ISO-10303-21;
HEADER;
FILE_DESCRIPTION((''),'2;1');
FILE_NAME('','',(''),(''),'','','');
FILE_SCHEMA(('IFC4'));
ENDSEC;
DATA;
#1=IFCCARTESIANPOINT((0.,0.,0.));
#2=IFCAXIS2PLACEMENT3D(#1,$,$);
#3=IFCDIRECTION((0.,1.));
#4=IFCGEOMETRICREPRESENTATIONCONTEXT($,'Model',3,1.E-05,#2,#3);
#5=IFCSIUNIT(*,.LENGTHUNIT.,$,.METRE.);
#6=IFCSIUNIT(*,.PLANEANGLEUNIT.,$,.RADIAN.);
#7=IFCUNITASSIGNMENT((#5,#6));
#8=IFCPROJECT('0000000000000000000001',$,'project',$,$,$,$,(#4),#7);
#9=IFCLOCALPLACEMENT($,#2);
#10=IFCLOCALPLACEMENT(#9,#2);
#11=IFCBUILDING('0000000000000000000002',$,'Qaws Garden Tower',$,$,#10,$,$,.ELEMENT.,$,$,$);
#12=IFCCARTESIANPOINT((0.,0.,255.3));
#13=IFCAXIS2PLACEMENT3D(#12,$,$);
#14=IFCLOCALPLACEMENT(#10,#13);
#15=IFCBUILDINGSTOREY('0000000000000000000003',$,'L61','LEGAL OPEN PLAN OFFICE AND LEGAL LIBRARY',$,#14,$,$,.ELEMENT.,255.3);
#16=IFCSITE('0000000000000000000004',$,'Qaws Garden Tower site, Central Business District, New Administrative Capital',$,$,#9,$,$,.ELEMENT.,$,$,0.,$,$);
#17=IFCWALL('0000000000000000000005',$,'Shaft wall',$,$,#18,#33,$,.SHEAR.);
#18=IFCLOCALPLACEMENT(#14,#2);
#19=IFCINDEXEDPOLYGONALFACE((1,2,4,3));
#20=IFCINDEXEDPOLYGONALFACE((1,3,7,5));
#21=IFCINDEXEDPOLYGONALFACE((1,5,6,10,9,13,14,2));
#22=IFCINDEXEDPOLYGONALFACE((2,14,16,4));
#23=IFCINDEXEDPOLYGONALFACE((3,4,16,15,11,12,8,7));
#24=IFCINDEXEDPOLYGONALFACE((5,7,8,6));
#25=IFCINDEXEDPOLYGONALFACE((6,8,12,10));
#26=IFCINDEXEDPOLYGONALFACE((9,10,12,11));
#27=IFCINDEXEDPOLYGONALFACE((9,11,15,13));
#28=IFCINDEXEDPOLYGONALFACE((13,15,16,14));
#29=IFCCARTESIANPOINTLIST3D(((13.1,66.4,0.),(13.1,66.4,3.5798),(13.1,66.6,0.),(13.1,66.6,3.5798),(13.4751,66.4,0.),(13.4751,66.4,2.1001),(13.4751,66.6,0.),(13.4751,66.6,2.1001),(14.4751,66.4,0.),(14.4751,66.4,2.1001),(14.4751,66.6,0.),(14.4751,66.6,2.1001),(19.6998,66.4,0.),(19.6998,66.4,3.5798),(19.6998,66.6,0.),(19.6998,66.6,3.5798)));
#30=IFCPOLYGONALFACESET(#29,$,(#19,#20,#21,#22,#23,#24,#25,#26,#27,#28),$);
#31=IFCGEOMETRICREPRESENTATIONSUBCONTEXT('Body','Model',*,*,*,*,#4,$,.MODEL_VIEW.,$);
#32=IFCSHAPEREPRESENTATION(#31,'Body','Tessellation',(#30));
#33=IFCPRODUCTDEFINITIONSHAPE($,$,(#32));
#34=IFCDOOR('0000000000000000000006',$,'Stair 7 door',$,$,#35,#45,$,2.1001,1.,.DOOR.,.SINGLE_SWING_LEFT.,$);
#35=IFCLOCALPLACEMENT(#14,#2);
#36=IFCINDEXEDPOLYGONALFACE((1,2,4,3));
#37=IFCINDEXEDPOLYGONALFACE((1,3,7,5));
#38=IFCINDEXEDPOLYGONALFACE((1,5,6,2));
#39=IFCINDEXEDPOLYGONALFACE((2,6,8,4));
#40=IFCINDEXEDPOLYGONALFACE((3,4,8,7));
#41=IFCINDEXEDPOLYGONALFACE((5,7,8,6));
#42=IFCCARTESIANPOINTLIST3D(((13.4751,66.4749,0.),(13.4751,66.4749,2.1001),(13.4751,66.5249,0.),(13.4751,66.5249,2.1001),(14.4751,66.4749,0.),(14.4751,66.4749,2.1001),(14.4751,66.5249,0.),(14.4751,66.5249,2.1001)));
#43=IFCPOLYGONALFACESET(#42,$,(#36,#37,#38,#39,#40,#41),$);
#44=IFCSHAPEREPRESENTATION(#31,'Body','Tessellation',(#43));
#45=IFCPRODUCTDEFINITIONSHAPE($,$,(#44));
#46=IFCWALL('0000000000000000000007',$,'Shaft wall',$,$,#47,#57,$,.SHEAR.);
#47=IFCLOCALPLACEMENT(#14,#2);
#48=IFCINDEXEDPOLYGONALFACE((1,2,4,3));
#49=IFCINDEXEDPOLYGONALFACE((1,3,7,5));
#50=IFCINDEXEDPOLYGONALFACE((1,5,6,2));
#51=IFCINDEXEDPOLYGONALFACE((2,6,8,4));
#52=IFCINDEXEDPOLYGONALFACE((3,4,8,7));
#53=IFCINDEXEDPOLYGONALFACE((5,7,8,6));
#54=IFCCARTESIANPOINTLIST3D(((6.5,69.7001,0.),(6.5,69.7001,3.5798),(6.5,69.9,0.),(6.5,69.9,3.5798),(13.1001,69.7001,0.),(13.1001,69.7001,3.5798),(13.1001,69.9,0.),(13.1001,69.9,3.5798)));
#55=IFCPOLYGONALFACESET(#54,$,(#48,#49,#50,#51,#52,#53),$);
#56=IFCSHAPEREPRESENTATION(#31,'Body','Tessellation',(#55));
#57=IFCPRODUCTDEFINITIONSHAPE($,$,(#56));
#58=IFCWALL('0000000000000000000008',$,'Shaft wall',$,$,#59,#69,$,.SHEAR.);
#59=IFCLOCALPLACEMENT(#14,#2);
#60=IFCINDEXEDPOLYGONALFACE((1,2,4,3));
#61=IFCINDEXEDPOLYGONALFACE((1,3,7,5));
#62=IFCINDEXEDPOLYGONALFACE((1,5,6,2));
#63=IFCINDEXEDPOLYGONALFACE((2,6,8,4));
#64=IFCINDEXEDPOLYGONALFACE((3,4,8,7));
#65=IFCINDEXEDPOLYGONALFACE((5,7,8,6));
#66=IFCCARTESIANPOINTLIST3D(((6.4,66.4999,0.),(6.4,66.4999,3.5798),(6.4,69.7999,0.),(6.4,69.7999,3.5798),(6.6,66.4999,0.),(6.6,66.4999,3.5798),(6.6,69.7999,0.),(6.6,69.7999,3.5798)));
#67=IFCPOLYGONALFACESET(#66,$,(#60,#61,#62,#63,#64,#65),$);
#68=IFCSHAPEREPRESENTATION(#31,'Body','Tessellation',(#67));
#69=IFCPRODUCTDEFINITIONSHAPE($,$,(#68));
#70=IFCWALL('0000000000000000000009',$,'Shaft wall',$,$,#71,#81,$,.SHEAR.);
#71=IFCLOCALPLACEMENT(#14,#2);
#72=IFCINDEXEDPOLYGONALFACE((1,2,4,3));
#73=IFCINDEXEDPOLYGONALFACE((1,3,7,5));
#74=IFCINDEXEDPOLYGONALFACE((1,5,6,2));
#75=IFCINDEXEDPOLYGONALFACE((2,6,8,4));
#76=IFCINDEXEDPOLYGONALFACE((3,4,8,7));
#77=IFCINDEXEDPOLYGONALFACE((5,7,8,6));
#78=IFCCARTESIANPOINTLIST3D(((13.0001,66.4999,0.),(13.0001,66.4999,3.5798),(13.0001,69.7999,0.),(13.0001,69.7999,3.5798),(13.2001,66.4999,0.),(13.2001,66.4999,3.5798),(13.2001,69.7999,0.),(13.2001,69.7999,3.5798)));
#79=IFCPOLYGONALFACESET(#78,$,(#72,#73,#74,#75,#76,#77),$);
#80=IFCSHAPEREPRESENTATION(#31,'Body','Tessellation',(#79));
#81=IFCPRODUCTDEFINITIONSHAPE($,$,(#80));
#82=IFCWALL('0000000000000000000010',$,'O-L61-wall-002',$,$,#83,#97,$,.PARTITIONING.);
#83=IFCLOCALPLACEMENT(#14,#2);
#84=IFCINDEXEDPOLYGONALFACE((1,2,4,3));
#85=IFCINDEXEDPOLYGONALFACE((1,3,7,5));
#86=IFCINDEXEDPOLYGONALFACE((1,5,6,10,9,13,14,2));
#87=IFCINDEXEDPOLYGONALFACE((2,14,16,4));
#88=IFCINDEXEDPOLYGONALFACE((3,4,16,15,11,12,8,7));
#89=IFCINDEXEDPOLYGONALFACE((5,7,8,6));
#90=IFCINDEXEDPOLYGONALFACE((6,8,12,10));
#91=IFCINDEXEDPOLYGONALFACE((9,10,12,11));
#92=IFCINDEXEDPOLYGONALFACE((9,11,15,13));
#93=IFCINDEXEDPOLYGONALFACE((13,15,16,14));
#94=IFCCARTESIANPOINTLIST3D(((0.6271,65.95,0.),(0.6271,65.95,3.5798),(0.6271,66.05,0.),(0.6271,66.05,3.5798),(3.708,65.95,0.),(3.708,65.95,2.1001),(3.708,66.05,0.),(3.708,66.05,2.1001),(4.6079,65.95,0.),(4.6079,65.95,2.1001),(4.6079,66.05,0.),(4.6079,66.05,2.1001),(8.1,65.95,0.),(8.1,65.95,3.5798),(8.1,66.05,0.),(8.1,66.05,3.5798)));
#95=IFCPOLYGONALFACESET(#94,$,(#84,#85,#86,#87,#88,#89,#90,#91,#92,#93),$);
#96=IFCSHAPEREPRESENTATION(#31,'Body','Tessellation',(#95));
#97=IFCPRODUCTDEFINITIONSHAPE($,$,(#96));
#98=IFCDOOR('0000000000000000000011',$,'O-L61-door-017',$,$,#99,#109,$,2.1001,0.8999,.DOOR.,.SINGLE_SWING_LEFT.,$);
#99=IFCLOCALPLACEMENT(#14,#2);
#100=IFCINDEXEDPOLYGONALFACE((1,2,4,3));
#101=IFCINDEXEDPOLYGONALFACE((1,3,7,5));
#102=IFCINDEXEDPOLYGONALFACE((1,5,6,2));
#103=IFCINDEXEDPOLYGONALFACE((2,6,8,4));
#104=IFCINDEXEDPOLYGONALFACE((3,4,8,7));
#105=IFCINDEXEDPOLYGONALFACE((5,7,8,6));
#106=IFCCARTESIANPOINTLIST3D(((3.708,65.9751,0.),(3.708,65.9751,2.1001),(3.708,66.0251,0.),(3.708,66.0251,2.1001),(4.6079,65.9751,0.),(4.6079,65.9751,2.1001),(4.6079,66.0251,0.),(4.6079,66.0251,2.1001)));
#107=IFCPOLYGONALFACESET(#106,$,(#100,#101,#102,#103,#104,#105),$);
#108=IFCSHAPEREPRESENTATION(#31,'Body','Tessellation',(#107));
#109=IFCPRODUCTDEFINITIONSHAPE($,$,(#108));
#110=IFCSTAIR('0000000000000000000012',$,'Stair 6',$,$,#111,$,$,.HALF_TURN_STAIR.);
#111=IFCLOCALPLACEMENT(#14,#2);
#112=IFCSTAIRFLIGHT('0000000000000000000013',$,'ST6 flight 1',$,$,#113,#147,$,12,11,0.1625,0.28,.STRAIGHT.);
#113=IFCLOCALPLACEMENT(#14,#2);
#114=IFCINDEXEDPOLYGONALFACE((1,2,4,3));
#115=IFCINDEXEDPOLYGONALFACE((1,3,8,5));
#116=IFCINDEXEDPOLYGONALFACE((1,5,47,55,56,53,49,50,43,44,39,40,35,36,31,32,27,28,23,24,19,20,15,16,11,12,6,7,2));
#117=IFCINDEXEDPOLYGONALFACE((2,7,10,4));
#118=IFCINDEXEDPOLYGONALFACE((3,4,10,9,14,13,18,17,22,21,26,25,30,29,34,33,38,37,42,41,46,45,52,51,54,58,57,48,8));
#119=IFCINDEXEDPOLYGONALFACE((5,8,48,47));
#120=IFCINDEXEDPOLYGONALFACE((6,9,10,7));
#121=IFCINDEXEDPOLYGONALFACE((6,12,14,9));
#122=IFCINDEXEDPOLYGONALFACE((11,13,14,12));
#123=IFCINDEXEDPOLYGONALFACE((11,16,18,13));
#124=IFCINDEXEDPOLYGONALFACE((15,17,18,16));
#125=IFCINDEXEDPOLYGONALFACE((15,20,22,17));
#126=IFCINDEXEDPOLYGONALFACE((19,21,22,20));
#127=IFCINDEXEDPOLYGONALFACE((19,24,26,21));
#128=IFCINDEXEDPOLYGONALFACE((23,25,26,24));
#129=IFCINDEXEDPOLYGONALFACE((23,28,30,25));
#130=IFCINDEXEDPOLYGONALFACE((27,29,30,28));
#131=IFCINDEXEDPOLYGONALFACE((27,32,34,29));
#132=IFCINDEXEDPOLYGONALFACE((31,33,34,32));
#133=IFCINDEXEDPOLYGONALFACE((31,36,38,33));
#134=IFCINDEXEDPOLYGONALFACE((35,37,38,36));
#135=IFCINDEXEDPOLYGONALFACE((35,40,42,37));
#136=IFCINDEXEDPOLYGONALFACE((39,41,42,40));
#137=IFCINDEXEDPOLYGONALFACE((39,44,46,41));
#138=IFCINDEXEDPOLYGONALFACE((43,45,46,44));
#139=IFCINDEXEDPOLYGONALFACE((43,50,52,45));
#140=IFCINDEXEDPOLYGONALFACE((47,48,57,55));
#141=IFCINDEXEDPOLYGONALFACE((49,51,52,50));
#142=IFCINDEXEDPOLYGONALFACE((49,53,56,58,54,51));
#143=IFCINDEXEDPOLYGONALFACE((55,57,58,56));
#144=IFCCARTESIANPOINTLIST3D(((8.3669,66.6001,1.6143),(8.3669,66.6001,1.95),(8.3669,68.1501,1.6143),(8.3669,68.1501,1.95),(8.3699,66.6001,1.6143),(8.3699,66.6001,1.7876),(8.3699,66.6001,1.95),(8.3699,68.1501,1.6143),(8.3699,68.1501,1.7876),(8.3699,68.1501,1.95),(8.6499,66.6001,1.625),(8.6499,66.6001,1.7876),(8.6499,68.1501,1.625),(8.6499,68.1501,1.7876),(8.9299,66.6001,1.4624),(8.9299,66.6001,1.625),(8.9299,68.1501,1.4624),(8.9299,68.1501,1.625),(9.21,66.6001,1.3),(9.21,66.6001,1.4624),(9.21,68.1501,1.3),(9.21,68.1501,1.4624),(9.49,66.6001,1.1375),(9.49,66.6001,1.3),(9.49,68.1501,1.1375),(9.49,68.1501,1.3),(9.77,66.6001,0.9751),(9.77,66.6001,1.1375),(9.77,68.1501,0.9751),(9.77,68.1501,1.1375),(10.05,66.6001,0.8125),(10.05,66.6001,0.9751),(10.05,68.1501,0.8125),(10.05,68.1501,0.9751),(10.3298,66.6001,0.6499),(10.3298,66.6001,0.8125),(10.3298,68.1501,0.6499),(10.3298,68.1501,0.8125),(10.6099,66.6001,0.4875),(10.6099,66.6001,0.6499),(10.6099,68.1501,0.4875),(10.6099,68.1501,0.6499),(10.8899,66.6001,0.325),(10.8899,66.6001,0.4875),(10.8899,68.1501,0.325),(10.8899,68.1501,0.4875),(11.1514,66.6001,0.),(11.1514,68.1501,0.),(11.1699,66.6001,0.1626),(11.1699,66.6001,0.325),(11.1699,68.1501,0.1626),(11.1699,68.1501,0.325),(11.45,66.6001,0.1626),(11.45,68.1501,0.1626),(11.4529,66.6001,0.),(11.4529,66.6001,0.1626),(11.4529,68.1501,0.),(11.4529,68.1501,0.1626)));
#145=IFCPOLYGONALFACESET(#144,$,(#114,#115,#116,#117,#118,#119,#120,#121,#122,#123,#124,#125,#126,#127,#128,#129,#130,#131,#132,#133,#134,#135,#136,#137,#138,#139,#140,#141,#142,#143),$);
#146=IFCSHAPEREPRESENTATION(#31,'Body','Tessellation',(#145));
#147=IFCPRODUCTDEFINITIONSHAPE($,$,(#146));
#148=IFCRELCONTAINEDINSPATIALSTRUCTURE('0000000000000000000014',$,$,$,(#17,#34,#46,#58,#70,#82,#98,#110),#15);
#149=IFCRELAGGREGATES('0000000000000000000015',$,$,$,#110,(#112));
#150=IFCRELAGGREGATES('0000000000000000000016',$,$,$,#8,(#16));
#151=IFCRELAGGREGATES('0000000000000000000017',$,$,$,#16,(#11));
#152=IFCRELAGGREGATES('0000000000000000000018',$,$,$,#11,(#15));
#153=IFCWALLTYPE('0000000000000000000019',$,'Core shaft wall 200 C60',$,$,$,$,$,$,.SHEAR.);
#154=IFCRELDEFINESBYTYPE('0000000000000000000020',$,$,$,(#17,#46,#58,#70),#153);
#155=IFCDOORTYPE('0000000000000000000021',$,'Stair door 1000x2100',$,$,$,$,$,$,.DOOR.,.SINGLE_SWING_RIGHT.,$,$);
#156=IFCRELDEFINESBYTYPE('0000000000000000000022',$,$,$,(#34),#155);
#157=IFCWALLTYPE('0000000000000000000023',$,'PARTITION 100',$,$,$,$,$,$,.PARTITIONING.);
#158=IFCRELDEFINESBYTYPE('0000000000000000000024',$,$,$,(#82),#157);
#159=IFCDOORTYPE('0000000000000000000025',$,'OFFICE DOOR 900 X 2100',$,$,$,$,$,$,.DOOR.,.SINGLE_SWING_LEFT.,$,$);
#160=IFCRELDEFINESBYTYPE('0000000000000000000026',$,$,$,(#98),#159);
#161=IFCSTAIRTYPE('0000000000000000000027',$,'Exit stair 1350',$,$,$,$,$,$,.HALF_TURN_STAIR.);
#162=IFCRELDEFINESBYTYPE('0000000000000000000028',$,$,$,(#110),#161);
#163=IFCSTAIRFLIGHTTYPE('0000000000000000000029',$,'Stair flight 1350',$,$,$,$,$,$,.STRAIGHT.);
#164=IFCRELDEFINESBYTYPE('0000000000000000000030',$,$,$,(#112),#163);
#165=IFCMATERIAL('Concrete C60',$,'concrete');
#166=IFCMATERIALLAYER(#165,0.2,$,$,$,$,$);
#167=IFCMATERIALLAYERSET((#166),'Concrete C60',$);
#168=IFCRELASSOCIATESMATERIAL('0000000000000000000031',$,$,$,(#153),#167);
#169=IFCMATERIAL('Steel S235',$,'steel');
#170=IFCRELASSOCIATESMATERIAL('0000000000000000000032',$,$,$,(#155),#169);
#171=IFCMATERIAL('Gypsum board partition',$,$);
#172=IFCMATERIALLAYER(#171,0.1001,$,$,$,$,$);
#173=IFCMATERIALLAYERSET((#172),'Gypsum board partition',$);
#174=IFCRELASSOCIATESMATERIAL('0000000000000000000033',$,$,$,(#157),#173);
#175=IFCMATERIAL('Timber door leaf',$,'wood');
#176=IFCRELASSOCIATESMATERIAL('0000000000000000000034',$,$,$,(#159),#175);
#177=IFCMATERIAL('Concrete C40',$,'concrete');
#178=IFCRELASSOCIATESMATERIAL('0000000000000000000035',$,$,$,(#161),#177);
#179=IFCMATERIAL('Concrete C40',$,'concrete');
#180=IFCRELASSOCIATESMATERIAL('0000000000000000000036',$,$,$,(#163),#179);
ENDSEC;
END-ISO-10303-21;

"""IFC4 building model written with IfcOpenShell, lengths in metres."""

from ifc_helpers import new_model, si_unit, direction, frame, frame_2d, origin, place, context, subcontext, project, spatial, polyline, rectangle, outline, extrude, material, layer, layer_set, type_object, element, fill, aggregate, save


model = new_model("IFC4")

# Units and contexts
model_context = context("Model", 3, precision=1e-05, world=origin(), true_north=direction((0.0, 1.0)))
body_context = subcontext(model_context, "Body", "Model", "MODEL_VIEW")
ifc_project = project(units=[si_unit("LENGTHUNIT", "METRE"), si_unit("PLANEANGLEUNIT", "RADIAN")], contexts=[model_context])

# Site, building, storey
site_placement = place(None, origin())
site = spatial("IfcSite", under=ifc_project, at=site_placement, Name="Qaws Garden Tower site, Central Business District, New Administrative Capital", CompositionType="ELEMENT", RefElevation=0.0)
building_placement = place(site_placement, origin())
building = spatial("IfcBuilding", under=site, at=building_placement, Name="Qaws Garden Tower", CompositionType="ELEMENT")
storey_placement = place(building_placement, frame((0.0, 0.0, 255.3)))
storey = spatial("IfcBuildingStorey", under=building, at=storey_placement, Name="L61", Description="LEGAL OPEN PLAN OFFICE AND LEGAL LIBRARY", CompositionType="ELEMENT", Elevation=255.3)

# Wall, opening, door
ifc_material_1 = material(Name="Concrete C60", Category="concrete")
ifc_layer_1 = layer(ifc_material_1, 0.2)
ifc_layer_set_1 = layer_set([ifc_layer_1], Name="Concrete C60")
wall_type_1 = type_object("IfcWallType", Name="Core shaft wall 200 C60", PredefinedType="SHEAR", material=ifc_layer_set_1)
ifc_material_2 = material(Name="Steel S235", Category="steel")
door_type_1 = type_object("IfcDoorType", Name="Stair door 1000x2100", OperationType="SINGLE_SWING_RIGHT", PredefinedType="DOOR", material=ifc_material_2)
wall_1_placement = place(storey_placement, frame((13.1001, 66.5, 0.0), z_axis=(0.0, 0.0, 1.0), x_axis=(1.0, 0.0, 0.0)))
wall_1 = element("IfcWall", 1, at=wall_1_placement, inside=storey, type_object=wall_type_1, Name="Shaft wall", PredefinedType="SHEAR", context=body_context, shape_type="SweptSolid", body=[
    extrude(rectangle(XDim=6.5999, YDim=0.2, at=frame_2d((3.2998, 0.0))), origin(), (0.0, 0.0, 1.0), 3.5798),
])
opening_1_placement = place(wall_1_placement, frame((0.375, 0.0, 0.0)))
opening_1 = element("IfcOpeningElement", 2, at=opening_1_placement, cuts=wall_1, PredefinedType="OPENING", context=body_context, shape_type="SweptSolid", body=[
    extrude(rectangle(XDim=1.0, YDim=2.1001, at=frame_2d((0.5, 1.05))), frame((0.0, 0.1099, 0.0), z_axis=(0.0, -1.0, 0.0), x_axis=(1.0, 0.0, 0.0)), (0.0, 0.0, 1.0), 0.22),
])
door_1_placement = place(opening_1_placement, origin())
door_1 = element("IfcDoor", 3, at=door_1_placement, inside=storey, type_object=door_type_1, Name="Stair 7 door", OperationType="SINGLE_SWING_LEFT", OverallHeight=2.1001, OverallWidth=1.0, PredefinedType="DOOR", context=body_context, shape_type="SweptSolid", body=[
    extrude(rectangle(XDim=1.0, YDim=2.1001, at=frame_2d((0.5, 1.05))), frame((0.0, 0.0249, 0.0), z_axis=(0.0, -1.0, 0.0), x_axis=(1.0, 0.0, 0.0)), (0.0, 0.0, 1.0), 0.05),
])
fill(opening_1, door_1)

# Walls
wall_2_placement = place(storey_placement, frame((6.5, 69.8, 0.0), z_axis=(0.0, 0.0, 1.0), x_axis=(1.0, 0.0, 0.0)))
element("IfcWall", 4, at=wall_2_placement, inside=storey, type_object=wall_type_1, Name="Shaft wall", PredefinedType="SHEAR", context=body_context, shape_type="SweptSolid", body=[
    extrude(rectangle(XDim=6.6001, YDim=0.2, at=frame_2d((3.3, 0.0))), origin(), (0.0, 0.0, 1.0), 3.5798),
])
for number, where, z_axis, x_axis, name in (
    (5, (6.5, 66.5, 0.0), (0.0, 0.0, 1.0), (0.0, 1.0, 0.0), "Shaft wall"),
    (6, (13.1001, 66.5, 0.0), (0.0, 0.0, 1.0), (0.0, 1.0, 0.0), "Shaft wall"),
):
    element("IfcWall", number, at=place(storey_placement, frame(where, z_axis=z_axis, x_axis=x_axis)), inside=storey, type_object=wall_type_1, Name=name, PredefinedType="SHEAR", context=body_context, shape_type="SweptSolid", body=[
        extrude(rectangle(XDim=3.3, YDim=0.2, at=frame_2d((1.6499, 0.0))), origin(), (0.0, 0.0, 1.0), 3.5798),
    ])

# Wall, opening, door
ifc_material_3 = material(Name="Gypsum board partition")
ifc_layer_2 = layer(ifc_material_3, 0.1001)
ifc_layer_set_2 = layer_set([ifc_layer_2], Name="Gypsum board partition")
wall_type_2 = type_object("IfcWallType", Name="PARTITION 100", PredefinedType="PARTITIONING", material=ifc_layer_set_2)
wall_3_placement = place(storey_placement, frame((0.6272, 66.0, 0.0), z_axis=(0.0, 0.0, 1.0), x_axis=(1.0, 0.0, 0.0)))
wall_3 = element("IfcWall", 7, at=wall_3_placement, inside=storey, type_object=wall_type_2, Name="O-L61-wall-002", PredefinedType="PARTITIONING", context=body_context, shape_type="SweptSolid", body=[
    extrude(rectangle(XDim=7.4729, YDim=0.1001, at=frame_2d((3.7363, 0.0))), origin(), (0.0, 0.0, 1.0), 3.5798),
])
opening_2_placement = place(wall_3_placement, frame((3.0808, 0.0, 0.0)))
opening_2 = element("IfcOpeningElement", 8, at=opening_2_placement, cuts=wall_3, PredefinedType="OPENING", context=body_context, shape_type="SweptSolid", body=[
    extrude(rectangle(XDim=0.8999, YDim=2.1001, at=frame_2d((0.45, 1.05))), frame((0.0, 0.0601, 0.0), z_axis=(0.0, -1.0, 0.0), x_axis=(1.0, 0.0, 0.0)), (0.0, 0.0, 1.0), 0.1201),
])
ifc_material_4 = material(Name="Timber door leaf", Category="wood")
door_type_2 = type_object("IfcDoorType", Name="OFFICE DOOR 900 X 2100", OperationType="SINGLE_SWING_LEFT", PredefinedType="DOOR", material=ifc_material_4)
door_2_placement = place(opening_2_placement, frame((0.8999, 0.0, 0.0), z_axis=(0.0, 0.0, 1.0), x_axis=(-1.0, 0.0, 0.0)))
door_2 = element("IfcDoor", 9, at=door_2_placement, inside=storey, type_object=door_type_2, Name="O-L61-door-017", OperationType="SINGLE_SWING_LEFT", OverallHeight=2.1001, OverallWidth=0.8999, PredefinedType="DOOR", context=body_context, shape_type="SweptSolid", body=[
    extrude(rectangle(XDim=0.8999, YDim=2.1001, at=frame_2d((0.45, 1.05))), frame((0.0, 0.0249, 0.0), z_axis=(0.0, -1.0, 0.0), x_axis=(1.0, 0.0, 0.0)), (0.0, 0.0, 1.0), 0.05),
])
fill(opening_2, door_2)

# Stair, stair flight
ifc_material_5 = material(Name="Concrete C40", Category="concrete")
stair_type = type_object("IfcStairType", Name="Exit stair 1350", PredefinedType="HALF_TURN_STAIR", material=ifc_material_5)
stair_placement = place(storey_placement, origin())
stair = element("IfcStair", 10, at=stair_placement, inside=storey, type_object=stair_type, Name="Stair 6", PredefinedType="HALF_TURN_STAIR")
ifc_material_6 = material(Name="Concrete C40", Category="concrete")
stair_flight_type = type_object("IfcStairFlightType", Name="Stair flight 1350", PredefinedType="STRAIGHT", material=ifc_material_6)
stair_flight_1_placement = place(storey_placement, frame((11.45, 67.375, 0.0), z_axis=(0.0, 0.0, 1.0), x_axis=(-1.0, 0.0, 0.0)))
stair_flight_1 = element("IfcStairFlight", 11, at=stair_flight_1_placement, type_object=stair_flight_type, Name="ST6 flight 1", NumberOfRisers=12, NumberOfTreads=11, PredefinedType="STRAIGHT", RiserHeight=0.1625, TreadLength=0.28, context=body_context, shape_type="SweptSolid", body=[
    extrude(outline(polyline([(-0.0029, 0.0), (-0.0029, 0.1626), (0.0, 0.1626), (0.28, 0.1626), (0.28, 0.325), (0.5601, 0.325), (0.5601, 0.4875), (0.8401, 0.4875), (0.8401, 0.6499), (1.1201, 0.6499), (1.1201, 0.8125), (1.3999, 0.8125), (1.3999, 0.9751), (1.6799, 0.9751), (1.6799, 1.1375), (1.96, 1.1375), (1.96, 1.3), (2.24, 1.3), (2.24, 1.4624), (2.52, 1.4624), (2.52, 1.625), (2.8, 1.625), (2.8, 1.7876), (3.0801, 1.7876), (3.0801, 1.95), (3.083, 1.95), (3.083, 1.6143), (3.0801, 1.6143), (0.2986, 0.0), (-0.0029, 0.0)])), frame((0.0, 0.7749, 0.0), z_axis=(0.0, -1.0, 0.0), x_axis=(1.0, 0.0, 0.0)), (0.0, 0.0, 1.0), 1.55),
])
aggregate(stair, [stair_flight_1])

save(model, "model.ifc")
